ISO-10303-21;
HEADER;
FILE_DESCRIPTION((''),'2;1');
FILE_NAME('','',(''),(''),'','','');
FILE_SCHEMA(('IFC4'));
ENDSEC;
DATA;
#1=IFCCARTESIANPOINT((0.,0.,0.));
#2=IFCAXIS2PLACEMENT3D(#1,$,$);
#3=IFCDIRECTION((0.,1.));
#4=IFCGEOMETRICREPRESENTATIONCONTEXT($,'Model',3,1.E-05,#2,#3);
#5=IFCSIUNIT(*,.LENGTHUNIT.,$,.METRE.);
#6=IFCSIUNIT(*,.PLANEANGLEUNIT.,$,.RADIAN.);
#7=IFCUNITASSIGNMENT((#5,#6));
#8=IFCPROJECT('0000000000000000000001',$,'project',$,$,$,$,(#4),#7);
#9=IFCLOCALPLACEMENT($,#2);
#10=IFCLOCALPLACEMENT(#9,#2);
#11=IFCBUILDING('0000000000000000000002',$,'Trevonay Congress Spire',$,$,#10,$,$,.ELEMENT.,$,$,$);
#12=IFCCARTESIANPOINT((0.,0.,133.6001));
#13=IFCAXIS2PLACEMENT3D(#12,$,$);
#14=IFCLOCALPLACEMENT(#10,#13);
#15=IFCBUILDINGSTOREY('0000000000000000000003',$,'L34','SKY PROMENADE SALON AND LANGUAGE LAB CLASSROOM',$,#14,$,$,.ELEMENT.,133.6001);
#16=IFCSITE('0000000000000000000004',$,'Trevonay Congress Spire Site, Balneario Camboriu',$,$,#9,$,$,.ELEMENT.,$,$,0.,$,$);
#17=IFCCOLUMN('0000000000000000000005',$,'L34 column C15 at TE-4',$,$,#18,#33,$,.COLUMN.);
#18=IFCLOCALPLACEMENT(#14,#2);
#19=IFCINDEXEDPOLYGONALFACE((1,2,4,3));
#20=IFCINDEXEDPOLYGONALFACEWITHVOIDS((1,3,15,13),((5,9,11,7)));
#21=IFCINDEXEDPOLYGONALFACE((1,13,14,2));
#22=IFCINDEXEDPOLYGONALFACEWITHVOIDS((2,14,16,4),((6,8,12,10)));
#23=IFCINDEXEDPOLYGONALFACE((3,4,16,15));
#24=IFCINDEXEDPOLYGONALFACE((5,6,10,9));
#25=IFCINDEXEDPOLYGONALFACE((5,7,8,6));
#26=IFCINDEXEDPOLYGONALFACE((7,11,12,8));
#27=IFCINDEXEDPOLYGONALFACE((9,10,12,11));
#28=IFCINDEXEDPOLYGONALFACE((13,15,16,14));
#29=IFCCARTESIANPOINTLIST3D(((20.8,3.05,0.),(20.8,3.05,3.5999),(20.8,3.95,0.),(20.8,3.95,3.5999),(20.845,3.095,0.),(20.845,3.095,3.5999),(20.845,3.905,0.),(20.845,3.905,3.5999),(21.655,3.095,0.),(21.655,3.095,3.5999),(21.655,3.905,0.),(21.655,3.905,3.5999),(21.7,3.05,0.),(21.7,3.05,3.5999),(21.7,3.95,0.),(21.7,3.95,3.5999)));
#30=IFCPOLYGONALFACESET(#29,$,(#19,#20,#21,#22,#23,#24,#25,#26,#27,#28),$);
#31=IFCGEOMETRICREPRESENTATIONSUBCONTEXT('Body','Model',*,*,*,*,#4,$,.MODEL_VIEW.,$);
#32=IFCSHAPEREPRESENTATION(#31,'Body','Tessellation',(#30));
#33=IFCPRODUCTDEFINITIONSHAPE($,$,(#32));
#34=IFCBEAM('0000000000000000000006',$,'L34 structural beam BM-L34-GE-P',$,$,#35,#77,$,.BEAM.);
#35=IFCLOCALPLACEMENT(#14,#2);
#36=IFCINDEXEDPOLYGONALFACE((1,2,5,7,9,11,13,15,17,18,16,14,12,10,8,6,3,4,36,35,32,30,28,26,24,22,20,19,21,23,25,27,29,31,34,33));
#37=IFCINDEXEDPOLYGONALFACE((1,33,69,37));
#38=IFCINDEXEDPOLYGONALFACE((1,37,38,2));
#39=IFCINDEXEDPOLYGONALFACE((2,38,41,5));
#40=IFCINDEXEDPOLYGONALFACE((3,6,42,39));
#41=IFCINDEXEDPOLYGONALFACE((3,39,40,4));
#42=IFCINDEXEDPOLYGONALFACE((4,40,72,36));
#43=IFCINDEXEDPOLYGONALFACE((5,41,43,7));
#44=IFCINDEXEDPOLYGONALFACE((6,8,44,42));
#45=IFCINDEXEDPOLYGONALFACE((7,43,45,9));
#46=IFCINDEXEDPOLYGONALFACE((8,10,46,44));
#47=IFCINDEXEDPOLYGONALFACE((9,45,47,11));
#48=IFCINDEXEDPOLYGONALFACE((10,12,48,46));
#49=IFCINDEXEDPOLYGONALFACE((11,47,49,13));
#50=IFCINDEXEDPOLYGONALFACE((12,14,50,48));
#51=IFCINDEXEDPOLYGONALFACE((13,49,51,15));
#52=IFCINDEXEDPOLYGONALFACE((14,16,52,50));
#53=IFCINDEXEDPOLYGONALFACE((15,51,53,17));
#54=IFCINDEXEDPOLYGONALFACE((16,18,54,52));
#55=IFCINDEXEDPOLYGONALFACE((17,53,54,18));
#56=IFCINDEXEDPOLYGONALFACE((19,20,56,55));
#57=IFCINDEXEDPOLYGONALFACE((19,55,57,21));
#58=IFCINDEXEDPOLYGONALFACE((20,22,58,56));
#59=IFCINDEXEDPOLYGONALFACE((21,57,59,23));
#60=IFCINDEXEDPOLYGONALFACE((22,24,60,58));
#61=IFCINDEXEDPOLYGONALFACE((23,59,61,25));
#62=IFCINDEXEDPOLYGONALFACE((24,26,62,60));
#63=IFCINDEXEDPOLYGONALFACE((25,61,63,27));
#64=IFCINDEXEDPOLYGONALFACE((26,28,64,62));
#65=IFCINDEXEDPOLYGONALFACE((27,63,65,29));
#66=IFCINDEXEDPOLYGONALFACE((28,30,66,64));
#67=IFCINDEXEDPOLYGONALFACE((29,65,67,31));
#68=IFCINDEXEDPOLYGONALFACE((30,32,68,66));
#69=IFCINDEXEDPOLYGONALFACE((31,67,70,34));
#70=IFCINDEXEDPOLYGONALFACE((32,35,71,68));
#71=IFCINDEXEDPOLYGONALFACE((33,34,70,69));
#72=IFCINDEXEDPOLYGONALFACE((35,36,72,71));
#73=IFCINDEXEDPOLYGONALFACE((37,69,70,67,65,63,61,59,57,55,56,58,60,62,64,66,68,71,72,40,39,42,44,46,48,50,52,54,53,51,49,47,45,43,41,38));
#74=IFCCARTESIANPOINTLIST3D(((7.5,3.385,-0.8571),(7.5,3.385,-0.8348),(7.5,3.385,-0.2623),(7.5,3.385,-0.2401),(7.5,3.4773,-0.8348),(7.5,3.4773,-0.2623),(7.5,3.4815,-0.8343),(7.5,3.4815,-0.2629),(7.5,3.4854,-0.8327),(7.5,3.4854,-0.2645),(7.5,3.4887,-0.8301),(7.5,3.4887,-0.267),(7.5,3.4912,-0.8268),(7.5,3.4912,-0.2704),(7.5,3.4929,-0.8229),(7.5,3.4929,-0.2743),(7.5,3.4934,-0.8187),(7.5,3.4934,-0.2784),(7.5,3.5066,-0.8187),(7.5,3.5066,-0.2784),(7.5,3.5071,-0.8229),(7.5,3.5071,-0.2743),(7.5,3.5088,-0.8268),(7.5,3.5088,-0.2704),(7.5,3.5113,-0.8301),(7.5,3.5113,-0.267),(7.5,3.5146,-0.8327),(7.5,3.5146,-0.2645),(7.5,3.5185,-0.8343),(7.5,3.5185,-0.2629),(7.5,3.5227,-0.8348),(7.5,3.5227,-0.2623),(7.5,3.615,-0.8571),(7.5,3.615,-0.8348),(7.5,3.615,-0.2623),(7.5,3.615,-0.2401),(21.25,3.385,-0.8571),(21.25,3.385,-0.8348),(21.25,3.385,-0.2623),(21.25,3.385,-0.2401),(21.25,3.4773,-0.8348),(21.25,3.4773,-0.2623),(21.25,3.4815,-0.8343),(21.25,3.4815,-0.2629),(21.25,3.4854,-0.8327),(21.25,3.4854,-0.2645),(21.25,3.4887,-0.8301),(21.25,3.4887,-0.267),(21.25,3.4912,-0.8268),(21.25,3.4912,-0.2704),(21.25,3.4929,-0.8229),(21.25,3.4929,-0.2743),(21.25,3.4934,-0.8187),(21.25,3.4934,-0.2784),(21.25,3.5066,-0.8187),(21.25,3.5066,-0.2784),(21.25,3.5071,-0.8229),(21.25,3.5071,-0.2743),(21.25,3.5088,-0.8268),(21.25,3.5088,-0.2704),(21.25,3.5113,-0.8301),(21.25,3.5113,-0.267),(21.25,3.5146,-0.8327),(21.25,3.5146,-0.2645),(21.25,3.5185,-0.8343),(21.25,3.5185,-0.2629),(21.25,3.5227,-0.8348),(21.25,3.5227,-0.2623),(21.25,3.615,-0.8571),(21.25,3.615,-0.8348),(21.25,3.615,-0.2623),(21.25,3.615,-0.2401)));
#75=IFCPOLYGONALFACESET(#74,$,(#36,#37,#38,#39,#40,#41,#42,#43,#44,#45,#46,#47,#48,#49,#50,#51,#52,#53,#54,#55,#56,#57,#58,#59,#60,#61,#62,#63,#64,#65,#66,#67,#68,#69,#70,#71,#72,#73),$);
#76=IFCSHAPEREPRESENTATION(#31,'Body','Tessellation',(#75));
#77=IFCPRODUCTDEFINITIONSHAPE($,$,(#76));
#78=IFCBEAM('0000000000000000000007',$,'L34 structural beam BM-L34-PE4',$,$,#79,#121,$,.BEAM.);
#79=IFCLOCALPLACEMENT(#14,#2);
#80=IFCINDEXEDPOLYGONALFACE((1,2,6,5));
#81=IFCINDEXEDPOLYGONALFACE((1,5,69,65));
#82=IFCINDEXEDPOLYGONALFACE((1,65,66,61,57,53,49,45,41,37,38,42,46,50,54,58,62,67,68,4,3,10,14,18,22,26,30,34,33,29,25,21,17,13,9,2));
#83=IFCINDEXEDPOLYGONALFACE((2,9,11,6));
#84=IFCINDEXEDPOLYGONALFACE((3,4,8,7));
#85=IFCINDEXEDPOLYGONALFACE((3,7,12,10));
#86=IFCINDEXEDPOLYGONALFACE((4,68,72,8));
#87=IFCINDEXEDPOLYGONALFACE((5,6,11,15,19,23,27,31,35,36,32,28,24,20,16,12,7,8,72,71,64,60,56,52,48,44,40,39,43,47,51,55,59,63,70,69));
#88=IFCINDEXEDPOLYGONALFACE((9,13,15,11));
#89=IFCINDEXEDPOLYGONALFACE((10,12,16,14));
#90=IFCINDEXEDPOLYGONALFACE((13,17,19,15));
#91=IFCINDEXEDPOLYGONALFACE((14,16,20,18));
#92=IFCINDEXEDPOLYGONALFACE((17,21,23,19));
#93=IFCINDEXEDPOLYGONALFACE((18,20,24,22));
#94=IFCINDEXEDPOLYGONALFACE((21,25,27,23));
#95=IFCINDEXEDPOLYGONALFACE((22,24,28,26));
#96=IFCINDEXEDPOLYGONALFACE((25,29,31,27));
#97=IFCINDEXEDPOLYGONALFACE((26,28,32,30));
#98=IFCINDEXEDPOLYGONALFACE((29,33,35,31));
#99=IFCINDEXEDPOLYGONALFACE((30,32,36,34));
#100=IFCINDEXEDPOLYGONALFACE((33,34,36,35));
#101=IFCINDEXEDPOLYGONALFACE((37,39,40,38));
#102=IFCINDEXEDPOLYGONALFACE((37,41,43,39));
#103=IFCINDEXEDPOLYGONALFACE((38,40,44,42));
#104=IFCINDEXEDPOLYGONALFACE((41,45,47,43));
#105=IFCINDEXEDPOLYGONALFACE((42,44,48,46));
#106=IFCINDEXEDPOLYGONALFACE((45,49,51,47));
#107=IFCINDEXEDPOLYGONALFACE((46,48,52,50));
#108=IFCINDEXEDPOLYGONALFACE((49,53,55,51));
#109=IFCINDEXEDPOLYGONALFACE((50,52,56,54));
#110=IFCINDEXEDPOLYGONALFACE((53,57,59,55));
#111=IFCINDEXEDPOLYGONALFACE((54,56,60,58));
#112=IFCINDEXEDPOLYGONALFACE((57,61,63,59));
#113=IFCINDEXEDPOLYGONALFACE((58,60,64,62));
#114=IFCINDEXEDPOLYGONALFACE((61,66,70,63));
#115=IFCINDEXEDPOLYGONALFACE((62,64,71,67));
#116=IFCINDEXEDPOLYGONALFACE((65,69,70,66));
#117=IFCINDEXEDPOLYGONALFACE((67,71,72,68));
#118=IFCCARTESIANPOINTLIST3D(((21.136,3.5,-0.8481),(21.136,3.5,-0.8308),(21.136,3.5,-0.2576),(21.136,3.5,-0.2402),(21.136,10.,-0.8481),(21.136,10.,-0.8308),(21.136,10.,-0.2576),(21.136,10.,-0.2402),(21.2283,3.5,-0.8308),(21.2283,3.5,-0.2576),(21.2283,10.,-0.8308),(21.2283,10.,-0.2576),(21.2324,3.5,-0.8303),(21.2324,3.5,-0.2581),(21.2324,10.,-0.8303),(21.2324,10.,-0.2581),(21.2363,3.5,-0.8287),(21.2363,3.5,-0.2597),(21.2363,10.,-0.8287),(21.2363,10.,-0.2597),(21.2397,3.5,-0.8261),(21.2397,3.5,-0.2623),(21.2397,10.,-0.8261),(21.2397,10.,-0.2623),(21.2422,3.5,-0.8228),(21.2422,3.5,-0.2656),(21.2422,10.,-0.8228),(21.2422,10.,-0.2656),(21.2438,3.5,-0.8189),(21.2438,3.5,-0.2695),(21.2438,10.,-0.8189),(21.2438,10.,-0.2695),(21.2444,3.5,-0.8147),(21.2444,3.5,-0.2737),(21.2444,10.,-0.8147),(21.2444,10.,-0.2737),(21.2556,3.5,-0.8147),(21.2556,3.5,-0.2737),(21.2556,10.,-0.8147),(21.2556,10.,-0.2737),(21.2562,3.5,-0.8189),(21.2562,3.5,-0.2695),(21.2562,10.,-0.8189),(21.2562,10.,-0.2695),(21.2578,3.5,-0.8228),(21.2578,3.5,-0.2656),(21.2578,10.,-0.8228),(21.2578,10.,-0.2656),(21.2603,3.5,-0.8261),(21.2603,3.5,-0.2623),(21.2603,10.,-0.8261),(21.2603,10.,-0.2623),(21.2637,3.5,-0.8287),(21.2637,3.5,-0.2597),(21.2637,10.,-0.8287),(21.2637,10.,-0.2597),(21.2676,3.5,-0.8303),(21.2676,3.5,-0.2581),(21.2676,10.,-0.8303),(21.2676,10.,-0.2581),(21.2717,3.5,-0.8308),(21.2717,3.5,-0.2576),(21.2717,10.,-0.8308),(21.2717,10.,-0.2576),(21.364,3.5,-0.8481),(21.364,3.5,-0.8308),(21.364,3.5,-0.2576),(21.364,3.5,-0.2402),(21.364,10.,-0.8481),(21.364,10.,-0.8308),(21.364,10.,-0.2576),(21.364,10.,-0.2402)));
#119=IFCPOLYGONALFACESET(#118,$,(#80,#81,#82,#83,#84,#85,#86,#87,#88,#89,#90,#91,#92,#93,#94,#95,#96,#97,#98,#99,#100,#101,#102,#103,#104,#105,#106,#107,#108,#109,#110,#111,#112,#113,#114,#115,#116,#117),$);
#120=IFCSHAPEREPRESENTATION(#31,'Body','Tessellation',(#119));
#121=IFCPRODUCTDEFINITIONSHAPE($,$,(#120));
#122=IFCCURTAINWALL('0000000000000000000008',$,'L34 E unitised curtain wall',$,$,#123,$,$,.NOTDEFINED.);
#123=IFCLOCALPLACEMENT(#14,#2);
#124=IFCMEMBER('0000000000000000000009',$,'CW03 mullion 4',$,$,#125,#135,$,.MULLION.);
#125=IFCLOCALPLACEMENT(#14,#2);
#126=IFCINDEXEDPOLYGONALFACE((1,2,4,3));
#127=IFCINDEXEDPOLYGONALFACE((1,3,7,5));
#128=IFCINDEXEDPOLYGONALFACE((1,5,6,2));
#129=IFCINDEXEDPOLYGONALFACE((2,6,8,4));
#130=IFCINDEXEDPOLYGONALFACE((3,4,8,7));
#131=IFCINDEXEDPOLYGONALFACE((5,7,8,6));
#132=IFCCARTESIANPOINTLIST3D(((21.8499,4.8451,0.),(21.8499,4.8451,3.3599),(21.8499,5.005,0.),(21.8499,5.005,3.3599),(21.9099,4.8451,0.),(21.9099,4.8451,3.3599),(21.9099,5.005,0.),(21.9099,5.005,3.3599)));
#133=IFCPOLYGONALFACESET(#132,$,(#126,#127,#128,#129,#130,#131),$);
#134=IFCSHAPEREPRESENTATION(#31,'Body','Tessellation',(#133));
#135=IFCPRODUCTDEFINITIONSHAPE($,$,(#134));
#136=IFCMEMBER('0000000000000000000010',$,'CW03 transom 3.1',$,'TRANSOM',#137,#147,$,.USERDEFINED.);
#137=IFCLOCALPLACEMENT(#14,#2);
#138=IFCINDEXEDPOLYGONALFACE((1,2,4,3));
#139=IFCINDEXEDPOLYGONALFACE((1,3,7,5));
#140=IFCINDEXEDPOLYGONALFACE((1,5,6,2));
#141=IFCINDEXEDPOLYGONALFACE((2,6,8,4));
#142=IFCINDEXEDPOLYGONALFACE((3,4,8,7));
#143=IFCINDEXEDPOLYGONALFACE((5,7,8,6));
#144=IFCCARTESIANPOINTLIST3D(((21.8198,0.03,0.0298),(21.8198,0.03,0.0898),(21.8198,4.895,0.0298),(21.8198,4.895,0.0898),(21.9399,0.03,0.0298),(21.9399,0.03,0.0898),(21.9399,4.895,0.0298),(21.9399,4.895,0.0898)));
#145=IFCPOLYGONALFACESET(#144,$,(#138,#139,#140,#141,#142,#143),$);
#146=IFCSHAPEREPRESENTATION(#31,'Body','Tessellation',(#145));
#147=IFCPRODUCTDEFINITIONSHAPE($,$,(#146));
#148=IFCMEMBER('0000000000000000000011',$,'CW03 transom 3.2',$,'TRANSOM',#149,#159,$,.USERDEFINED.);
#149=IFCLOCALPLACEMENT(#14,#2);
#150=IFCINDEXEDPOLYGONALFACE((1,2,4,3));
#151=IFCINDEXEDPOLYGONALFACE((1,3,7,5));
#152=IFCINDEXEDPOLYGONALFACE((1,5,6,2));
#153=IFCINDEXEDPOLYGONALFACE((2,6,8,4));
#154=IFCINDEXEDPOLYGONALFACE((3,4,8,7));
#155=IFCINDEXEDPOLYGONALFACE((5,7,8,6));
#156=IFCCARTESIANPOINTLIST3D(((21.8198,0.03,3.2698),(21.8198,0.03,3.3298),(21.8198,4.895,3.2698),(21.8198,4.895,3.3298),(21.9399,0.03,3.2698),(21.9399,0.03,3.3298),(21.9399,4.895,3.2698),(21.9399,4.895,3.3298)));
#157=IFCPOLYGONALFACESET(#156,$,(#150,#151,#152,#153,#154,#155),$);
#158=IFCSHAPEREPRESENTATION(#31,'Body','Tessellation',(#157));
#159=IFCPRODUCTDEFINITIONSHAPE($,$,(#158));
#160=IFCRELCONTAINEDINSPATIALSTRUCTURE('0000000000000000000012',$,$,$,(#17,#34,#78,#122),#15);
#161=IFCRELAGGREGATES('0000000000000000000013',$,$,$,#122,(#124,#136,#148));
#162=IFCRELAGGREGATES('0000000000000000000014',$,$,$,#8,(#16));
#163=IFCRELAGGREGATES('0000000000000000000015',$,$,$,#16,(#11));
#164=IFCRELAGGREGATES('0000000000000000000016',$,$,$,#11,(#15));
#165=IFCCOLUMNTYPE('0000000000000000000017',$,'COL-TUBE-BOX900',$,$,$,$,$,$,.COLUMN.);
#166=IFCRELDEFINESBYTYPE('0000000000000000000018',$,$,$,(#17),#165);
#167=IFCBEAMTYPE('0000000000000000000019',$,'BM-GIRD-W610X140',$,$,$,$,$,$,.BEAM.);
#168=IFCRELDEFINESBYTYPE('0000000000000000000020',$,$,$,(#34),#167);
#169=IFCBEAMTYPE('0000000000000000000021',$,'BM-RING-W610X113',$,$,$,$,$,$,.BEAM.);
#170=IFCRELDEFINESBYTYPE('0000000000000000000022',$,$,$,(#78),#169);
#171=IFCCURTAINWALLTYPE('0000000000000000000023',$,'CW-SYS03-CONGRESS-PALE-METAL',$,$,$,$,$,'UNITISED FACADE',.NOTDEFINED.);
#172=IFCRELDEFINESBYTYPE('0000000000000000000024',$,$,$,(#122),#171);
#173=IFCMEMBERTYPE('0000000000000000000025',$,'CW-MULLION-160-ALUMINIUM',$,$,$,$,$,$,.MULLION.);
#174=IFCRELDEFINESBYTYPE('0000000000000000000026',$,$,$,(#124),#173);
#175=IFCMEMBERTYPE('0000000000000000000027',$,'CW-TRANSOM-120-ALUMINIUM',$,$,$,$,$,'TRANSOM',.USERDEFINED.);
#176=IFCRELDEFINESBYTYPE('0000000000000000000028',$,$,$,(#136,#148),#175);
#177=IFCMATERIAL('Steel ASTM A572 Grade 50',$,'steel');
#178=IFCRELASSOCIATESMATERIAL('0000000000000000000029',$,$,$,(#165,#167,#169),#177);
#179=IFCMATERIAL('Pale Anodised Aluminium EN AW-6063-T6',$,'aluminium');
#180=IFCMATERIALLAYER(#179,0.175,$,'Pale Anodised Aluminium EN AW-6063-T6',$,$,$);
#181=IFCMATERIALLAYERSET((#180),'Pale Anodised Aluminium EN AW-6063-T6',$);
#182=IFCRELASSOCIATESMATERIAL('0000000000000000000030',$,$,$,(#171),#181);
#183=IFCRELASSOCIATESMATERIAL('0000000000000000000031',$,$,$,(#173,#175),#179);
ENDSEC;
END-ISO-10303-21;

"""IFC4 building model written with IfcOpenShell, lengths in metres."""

from ifc_helpers import new_model, si_unit, direction, frame, origin, origin_2d, place, context, subcontext, project, spatial, rectangle, hollow_rectangle, i_section, extrude, material, layer, layer_set, material_profile, profile_set, type_object, element, aggregate, save


model = new_model("IFC4")

# Units and contexts
model_context = context("Model", 3, precision=1e-05, world=origin(), true_north=direction((0.0, 1.0)))
body_context = subcontext(model_context, "Body", "Model", "MODEL_VIEW")
ifc_project = project(units=[si_unit("LENGTHUNIT", "METRE"), si_unit("PLANEANGLEUNIT", "RADIAN")], contexts=[model_context])

# Site, building, storey
site_placement = place(None, origin())
site = spatial("IfcSite", under=ifc_project, at=site_placement, Name="Trevonay Congress Spire Site, Balneario Camboriu", CompositionType="ELEMENT", RefElevation=0.0)
building_placement = place(site_placement, origin())
building = spatial("IfcBuilding", under=site, at=building_placement, Name="Trevonay Congress Spire", CompositionType="ELEMENT")
storey_placement = place(building_placement, frame((0.0, 0.0, 133.6001)))
storey = spatial("IfcBuildingStorey", under=building, at=storey_placement, Name="L34", Description="SKY PROMENADE SALON AND LANGUAGE LAB CLASSROOM", CompositionType="ELEMENT", Elevation=133.6001)

# Column
ifc_material_1 = material(Name="Steel ASTM A572 Grade 50", Category="steel")
ifc_material_profile_1 = material_profile(ifc_material_1, hollow_rectangle(XDim=0.8999, YDim=0.8999, WallThickness=0.0449, at=origin_2d()), Name="BOX 900x900x45")
ifc_profile_set_1 = profile_set([ifc_material_profile_1], Name="Steel ASTM A572 Grade 50")
column_type = type_object("IfcColumnType", Name="COL-TUBE-BOX900", PredefinedType="COLUMN", material=ifc_profile_set_1)
column_placement = place(storey_placement, frame((21.25, 3.5, 0.0), z_axis=(0.0, 0.0, 1.0), x_axis=(1.0, 0.0, 0.0)))
element("IfcColumn", 1, at=column_placement, inside=storey, type_object=column_type, Name="L34 column C15 at TE-4", PredefinedType="COLUMN", context=body_context, shape_type="SweptSolid", body=[
    extrude(hollow_rectangle(XDim=0.8999, YDim=0.8999, WallThickness=0.0449, at=origin_2d()), origin(), (0.0, 0.0, 1.0), 3.5999),
])

# Beams
ifc_material_profile_2 = material_profile(ifc_material_1, i_section(OverallWidth=0.23, OverallDepth=0.6169, WebThickness=0.0132, FlangeThickness=0.0222, FilletRadius=0.0161, at=origin_2d()), Name="W610x140")
ifc_profile_set_2 = profile_set([ifc_material_profile_2], Name="Steel ASTM A572 Grade 50")
beam_type_1 = type_object("IfcBeamType", Name="BM-GIRD-W610X140", PredefinedType="BEAM", material=ifc_profile_set_2)
beam_1_placement = place(storey_placement, frame((7.5, 3.5, -0.5486), z_axis=(1.0, 0.0, 0.0), x_axis=(0.0, 1.0, 0.0)))
element("IfcBeam", 2, at=beam_1_placement, inside=storey, type_object=beam_type_1, Name="L34 structural beam BM-L34-GE-P", PredefinedType="BEAM", context=body_context, shape_type="SweptSolid", body=[
    extrude(i_section(OverallWidth=0.23, OverallDepth=0.6169, WebThickness=0.0132, FlangeThickness=0.0222, FilletRadius=0.0161, at=origin_2d()), origin(), (0.0, 0.0, 1.0), 13.75),
])
ifc_material_profile_3 = material_profile(ifc_material_1, i_section(OverallWidth=0.228, OverallDepth=0.6079, WebThickness=0.0112, FlangeThickness=0.0173, FilletRadius=0.0161, at=origin_2d()), Name="W610x113")
ifc_profile_set_3 = profile_set([ifc_material_profile_3], Name="Steel ASTM A572 Grade 50")
beam_type_2 = type_object("IfcBeamType", Name="BM-RING-W610X113", PredefinedType="BEAM", material=ifc_profile_set_3)
beam_2_placement = place(storey_placement, frame((21.25, 3.5, -0.5442), z_axis=(0.0, 1.0, 0.0), x_axis=(-1.0, 0.0, 0.0)))
element("IfcBeam", 3, at=beam_2_placement, inside=storey, type_object=beam_type_2, Name="L34 structural beam BM-L34-PE4", PredefinedType="BEAM", context=body_context, shape_type="SweptSolid", body=[
    extrude(i_section(OverallWidth=0.228, OverallDepth=0.6079, WebThickness=0.0112, FlangeThickness=0.0173, FilletRadius=0.0161, at=origin_2d()), origin(), (0.0, 0.0, 1.0), 6.5),
])

# Curtain wall, members
ifc_material_2 = material(Name="Pale Anodised Aluminium EN AW-6063-T6", Category="aluminium")
ifc_layer_1 = layer(ifc_material_2, 0.175, Name="Pale Anodised Aluminium EN AW-6063-T6")
ifc_layer_set_1 = layer_set([ifc_layer_1], Name="Pale Anodised Aluminium EN AW-6063-T6")
curtain_wall_type = type_object("IfcCurtainWallType", Name="CW-SYS03-CONGRESS-PALE-METAL", ElementType="UNITISED FACADE", PredefinedType="NOTDEFINED", material=ifc_layer_set_1)
curtain_wall_placement = place(storey_placement, origin())
curtain_wall = element("IfcCurtainWall", 4, at=curtain_wall_placement, inside=storey, type_object=curtain_wall_type, Name="L34 E unitised curtain wall", PredefinedType="NOTDEFINED")
ifc_material_profile_4 = material_profile(ifc_material_2, rectangle(XDim=0.0601, YDim=0.1599, at=origin_2d()), Name="CW-MULLION-160-ALUMINIUM")
ifc_profile_set_4 = profile_set([ifc_material_profile_4], Name="Pale Anodised Aluminium EN AW-6063-T6")
member_type_1 = type_object("IfcMemberType", Name="CW-MULLION-160-ALUMINIUM", PredefinedType="MULLION", material=ifc_profile_set_4)
member_1_placement = place(storey_placement, frame((21.8799, 4.925, 0.0), z_axis=(0.0, 0.0, 1.0), x_axis=(-1.0, 0.0, 0.0)))
member_1 = element("IfcMember", 5, at=member_1_placement, type_object=member_type_1, Name="CW03 mullion 4", PredefinedType="MULLION", context=body_context, shape_type="SweptSolid", body=[
    extrude(rectangle(XDim=0.0601, YDim=0.1599, at=origin_2d()), origin(), (0.0, 0.0, 1.0), 3.3599),
])
ifc_material_profile_5 = material_profile(ifc_material_2, rectangle(XDim=0.1201, YDim=0.0601, at=origin_2d()), Name="CW-TRANSOM-120-ALUMINIUM")
ifc_profile_set_5 = profile_set([ifc_material_profile_5], Name="Pale Anodised Aluminium EN AW-6063-T6")
member_type_2 = type_object("IfcMemberType", Name="CW-TRANSOM-120-ALUMINIUM", ElementType="TRANSOM", PredefinedType="USERDEFINED", material=ifc_profile_set_5)
member_2_placement = place(storey_placement, frame((21.8799, 0.03, 0.0598), z_axis=(0.0, 1.0, 0.0), x_axis=(-1.0, 0.0, 0.0)))
member_2 = element("IfcMember", 6, at=member_2_placement, type_object=member_type_2, Name="CW03 transom 3.1", ObjectType="TRANSOM", PredefinedType="USERDEFINED", context=body_context, shape_type="SweptSolid", body=[
    extrude(rectangle(XDim=0.1201, YDim=0.0601, at=origin_2d()), origin(), (0.0, 0.0, 1.0), 4.865),
])
member_3_placement = place(storey_placement, frame((21.8799, 0.03, 3.2998), z_axis=(0.0, 1.0, 0.0), x_axis=(-1.0, 0.0, 0.0)))
member_3 = element("IfcMember", 7, at=member_3_placement, type_object=member_type_2, Name="CW03 transom 3.2", ObjectType="TRANSOM", PredefinedType="USERDEFINED", context=body_context, shape_type="SweptSolid", body=[
    extrude(rectangle(XDim=0.1201, YDim=0.0601, at=origin_2d()), origin(), (0.0, 0.0, 1.0), 4.865),
])

aggregate(curtain_wall, [member_1, member_2, member_3])

save(model, "model.ifc")
